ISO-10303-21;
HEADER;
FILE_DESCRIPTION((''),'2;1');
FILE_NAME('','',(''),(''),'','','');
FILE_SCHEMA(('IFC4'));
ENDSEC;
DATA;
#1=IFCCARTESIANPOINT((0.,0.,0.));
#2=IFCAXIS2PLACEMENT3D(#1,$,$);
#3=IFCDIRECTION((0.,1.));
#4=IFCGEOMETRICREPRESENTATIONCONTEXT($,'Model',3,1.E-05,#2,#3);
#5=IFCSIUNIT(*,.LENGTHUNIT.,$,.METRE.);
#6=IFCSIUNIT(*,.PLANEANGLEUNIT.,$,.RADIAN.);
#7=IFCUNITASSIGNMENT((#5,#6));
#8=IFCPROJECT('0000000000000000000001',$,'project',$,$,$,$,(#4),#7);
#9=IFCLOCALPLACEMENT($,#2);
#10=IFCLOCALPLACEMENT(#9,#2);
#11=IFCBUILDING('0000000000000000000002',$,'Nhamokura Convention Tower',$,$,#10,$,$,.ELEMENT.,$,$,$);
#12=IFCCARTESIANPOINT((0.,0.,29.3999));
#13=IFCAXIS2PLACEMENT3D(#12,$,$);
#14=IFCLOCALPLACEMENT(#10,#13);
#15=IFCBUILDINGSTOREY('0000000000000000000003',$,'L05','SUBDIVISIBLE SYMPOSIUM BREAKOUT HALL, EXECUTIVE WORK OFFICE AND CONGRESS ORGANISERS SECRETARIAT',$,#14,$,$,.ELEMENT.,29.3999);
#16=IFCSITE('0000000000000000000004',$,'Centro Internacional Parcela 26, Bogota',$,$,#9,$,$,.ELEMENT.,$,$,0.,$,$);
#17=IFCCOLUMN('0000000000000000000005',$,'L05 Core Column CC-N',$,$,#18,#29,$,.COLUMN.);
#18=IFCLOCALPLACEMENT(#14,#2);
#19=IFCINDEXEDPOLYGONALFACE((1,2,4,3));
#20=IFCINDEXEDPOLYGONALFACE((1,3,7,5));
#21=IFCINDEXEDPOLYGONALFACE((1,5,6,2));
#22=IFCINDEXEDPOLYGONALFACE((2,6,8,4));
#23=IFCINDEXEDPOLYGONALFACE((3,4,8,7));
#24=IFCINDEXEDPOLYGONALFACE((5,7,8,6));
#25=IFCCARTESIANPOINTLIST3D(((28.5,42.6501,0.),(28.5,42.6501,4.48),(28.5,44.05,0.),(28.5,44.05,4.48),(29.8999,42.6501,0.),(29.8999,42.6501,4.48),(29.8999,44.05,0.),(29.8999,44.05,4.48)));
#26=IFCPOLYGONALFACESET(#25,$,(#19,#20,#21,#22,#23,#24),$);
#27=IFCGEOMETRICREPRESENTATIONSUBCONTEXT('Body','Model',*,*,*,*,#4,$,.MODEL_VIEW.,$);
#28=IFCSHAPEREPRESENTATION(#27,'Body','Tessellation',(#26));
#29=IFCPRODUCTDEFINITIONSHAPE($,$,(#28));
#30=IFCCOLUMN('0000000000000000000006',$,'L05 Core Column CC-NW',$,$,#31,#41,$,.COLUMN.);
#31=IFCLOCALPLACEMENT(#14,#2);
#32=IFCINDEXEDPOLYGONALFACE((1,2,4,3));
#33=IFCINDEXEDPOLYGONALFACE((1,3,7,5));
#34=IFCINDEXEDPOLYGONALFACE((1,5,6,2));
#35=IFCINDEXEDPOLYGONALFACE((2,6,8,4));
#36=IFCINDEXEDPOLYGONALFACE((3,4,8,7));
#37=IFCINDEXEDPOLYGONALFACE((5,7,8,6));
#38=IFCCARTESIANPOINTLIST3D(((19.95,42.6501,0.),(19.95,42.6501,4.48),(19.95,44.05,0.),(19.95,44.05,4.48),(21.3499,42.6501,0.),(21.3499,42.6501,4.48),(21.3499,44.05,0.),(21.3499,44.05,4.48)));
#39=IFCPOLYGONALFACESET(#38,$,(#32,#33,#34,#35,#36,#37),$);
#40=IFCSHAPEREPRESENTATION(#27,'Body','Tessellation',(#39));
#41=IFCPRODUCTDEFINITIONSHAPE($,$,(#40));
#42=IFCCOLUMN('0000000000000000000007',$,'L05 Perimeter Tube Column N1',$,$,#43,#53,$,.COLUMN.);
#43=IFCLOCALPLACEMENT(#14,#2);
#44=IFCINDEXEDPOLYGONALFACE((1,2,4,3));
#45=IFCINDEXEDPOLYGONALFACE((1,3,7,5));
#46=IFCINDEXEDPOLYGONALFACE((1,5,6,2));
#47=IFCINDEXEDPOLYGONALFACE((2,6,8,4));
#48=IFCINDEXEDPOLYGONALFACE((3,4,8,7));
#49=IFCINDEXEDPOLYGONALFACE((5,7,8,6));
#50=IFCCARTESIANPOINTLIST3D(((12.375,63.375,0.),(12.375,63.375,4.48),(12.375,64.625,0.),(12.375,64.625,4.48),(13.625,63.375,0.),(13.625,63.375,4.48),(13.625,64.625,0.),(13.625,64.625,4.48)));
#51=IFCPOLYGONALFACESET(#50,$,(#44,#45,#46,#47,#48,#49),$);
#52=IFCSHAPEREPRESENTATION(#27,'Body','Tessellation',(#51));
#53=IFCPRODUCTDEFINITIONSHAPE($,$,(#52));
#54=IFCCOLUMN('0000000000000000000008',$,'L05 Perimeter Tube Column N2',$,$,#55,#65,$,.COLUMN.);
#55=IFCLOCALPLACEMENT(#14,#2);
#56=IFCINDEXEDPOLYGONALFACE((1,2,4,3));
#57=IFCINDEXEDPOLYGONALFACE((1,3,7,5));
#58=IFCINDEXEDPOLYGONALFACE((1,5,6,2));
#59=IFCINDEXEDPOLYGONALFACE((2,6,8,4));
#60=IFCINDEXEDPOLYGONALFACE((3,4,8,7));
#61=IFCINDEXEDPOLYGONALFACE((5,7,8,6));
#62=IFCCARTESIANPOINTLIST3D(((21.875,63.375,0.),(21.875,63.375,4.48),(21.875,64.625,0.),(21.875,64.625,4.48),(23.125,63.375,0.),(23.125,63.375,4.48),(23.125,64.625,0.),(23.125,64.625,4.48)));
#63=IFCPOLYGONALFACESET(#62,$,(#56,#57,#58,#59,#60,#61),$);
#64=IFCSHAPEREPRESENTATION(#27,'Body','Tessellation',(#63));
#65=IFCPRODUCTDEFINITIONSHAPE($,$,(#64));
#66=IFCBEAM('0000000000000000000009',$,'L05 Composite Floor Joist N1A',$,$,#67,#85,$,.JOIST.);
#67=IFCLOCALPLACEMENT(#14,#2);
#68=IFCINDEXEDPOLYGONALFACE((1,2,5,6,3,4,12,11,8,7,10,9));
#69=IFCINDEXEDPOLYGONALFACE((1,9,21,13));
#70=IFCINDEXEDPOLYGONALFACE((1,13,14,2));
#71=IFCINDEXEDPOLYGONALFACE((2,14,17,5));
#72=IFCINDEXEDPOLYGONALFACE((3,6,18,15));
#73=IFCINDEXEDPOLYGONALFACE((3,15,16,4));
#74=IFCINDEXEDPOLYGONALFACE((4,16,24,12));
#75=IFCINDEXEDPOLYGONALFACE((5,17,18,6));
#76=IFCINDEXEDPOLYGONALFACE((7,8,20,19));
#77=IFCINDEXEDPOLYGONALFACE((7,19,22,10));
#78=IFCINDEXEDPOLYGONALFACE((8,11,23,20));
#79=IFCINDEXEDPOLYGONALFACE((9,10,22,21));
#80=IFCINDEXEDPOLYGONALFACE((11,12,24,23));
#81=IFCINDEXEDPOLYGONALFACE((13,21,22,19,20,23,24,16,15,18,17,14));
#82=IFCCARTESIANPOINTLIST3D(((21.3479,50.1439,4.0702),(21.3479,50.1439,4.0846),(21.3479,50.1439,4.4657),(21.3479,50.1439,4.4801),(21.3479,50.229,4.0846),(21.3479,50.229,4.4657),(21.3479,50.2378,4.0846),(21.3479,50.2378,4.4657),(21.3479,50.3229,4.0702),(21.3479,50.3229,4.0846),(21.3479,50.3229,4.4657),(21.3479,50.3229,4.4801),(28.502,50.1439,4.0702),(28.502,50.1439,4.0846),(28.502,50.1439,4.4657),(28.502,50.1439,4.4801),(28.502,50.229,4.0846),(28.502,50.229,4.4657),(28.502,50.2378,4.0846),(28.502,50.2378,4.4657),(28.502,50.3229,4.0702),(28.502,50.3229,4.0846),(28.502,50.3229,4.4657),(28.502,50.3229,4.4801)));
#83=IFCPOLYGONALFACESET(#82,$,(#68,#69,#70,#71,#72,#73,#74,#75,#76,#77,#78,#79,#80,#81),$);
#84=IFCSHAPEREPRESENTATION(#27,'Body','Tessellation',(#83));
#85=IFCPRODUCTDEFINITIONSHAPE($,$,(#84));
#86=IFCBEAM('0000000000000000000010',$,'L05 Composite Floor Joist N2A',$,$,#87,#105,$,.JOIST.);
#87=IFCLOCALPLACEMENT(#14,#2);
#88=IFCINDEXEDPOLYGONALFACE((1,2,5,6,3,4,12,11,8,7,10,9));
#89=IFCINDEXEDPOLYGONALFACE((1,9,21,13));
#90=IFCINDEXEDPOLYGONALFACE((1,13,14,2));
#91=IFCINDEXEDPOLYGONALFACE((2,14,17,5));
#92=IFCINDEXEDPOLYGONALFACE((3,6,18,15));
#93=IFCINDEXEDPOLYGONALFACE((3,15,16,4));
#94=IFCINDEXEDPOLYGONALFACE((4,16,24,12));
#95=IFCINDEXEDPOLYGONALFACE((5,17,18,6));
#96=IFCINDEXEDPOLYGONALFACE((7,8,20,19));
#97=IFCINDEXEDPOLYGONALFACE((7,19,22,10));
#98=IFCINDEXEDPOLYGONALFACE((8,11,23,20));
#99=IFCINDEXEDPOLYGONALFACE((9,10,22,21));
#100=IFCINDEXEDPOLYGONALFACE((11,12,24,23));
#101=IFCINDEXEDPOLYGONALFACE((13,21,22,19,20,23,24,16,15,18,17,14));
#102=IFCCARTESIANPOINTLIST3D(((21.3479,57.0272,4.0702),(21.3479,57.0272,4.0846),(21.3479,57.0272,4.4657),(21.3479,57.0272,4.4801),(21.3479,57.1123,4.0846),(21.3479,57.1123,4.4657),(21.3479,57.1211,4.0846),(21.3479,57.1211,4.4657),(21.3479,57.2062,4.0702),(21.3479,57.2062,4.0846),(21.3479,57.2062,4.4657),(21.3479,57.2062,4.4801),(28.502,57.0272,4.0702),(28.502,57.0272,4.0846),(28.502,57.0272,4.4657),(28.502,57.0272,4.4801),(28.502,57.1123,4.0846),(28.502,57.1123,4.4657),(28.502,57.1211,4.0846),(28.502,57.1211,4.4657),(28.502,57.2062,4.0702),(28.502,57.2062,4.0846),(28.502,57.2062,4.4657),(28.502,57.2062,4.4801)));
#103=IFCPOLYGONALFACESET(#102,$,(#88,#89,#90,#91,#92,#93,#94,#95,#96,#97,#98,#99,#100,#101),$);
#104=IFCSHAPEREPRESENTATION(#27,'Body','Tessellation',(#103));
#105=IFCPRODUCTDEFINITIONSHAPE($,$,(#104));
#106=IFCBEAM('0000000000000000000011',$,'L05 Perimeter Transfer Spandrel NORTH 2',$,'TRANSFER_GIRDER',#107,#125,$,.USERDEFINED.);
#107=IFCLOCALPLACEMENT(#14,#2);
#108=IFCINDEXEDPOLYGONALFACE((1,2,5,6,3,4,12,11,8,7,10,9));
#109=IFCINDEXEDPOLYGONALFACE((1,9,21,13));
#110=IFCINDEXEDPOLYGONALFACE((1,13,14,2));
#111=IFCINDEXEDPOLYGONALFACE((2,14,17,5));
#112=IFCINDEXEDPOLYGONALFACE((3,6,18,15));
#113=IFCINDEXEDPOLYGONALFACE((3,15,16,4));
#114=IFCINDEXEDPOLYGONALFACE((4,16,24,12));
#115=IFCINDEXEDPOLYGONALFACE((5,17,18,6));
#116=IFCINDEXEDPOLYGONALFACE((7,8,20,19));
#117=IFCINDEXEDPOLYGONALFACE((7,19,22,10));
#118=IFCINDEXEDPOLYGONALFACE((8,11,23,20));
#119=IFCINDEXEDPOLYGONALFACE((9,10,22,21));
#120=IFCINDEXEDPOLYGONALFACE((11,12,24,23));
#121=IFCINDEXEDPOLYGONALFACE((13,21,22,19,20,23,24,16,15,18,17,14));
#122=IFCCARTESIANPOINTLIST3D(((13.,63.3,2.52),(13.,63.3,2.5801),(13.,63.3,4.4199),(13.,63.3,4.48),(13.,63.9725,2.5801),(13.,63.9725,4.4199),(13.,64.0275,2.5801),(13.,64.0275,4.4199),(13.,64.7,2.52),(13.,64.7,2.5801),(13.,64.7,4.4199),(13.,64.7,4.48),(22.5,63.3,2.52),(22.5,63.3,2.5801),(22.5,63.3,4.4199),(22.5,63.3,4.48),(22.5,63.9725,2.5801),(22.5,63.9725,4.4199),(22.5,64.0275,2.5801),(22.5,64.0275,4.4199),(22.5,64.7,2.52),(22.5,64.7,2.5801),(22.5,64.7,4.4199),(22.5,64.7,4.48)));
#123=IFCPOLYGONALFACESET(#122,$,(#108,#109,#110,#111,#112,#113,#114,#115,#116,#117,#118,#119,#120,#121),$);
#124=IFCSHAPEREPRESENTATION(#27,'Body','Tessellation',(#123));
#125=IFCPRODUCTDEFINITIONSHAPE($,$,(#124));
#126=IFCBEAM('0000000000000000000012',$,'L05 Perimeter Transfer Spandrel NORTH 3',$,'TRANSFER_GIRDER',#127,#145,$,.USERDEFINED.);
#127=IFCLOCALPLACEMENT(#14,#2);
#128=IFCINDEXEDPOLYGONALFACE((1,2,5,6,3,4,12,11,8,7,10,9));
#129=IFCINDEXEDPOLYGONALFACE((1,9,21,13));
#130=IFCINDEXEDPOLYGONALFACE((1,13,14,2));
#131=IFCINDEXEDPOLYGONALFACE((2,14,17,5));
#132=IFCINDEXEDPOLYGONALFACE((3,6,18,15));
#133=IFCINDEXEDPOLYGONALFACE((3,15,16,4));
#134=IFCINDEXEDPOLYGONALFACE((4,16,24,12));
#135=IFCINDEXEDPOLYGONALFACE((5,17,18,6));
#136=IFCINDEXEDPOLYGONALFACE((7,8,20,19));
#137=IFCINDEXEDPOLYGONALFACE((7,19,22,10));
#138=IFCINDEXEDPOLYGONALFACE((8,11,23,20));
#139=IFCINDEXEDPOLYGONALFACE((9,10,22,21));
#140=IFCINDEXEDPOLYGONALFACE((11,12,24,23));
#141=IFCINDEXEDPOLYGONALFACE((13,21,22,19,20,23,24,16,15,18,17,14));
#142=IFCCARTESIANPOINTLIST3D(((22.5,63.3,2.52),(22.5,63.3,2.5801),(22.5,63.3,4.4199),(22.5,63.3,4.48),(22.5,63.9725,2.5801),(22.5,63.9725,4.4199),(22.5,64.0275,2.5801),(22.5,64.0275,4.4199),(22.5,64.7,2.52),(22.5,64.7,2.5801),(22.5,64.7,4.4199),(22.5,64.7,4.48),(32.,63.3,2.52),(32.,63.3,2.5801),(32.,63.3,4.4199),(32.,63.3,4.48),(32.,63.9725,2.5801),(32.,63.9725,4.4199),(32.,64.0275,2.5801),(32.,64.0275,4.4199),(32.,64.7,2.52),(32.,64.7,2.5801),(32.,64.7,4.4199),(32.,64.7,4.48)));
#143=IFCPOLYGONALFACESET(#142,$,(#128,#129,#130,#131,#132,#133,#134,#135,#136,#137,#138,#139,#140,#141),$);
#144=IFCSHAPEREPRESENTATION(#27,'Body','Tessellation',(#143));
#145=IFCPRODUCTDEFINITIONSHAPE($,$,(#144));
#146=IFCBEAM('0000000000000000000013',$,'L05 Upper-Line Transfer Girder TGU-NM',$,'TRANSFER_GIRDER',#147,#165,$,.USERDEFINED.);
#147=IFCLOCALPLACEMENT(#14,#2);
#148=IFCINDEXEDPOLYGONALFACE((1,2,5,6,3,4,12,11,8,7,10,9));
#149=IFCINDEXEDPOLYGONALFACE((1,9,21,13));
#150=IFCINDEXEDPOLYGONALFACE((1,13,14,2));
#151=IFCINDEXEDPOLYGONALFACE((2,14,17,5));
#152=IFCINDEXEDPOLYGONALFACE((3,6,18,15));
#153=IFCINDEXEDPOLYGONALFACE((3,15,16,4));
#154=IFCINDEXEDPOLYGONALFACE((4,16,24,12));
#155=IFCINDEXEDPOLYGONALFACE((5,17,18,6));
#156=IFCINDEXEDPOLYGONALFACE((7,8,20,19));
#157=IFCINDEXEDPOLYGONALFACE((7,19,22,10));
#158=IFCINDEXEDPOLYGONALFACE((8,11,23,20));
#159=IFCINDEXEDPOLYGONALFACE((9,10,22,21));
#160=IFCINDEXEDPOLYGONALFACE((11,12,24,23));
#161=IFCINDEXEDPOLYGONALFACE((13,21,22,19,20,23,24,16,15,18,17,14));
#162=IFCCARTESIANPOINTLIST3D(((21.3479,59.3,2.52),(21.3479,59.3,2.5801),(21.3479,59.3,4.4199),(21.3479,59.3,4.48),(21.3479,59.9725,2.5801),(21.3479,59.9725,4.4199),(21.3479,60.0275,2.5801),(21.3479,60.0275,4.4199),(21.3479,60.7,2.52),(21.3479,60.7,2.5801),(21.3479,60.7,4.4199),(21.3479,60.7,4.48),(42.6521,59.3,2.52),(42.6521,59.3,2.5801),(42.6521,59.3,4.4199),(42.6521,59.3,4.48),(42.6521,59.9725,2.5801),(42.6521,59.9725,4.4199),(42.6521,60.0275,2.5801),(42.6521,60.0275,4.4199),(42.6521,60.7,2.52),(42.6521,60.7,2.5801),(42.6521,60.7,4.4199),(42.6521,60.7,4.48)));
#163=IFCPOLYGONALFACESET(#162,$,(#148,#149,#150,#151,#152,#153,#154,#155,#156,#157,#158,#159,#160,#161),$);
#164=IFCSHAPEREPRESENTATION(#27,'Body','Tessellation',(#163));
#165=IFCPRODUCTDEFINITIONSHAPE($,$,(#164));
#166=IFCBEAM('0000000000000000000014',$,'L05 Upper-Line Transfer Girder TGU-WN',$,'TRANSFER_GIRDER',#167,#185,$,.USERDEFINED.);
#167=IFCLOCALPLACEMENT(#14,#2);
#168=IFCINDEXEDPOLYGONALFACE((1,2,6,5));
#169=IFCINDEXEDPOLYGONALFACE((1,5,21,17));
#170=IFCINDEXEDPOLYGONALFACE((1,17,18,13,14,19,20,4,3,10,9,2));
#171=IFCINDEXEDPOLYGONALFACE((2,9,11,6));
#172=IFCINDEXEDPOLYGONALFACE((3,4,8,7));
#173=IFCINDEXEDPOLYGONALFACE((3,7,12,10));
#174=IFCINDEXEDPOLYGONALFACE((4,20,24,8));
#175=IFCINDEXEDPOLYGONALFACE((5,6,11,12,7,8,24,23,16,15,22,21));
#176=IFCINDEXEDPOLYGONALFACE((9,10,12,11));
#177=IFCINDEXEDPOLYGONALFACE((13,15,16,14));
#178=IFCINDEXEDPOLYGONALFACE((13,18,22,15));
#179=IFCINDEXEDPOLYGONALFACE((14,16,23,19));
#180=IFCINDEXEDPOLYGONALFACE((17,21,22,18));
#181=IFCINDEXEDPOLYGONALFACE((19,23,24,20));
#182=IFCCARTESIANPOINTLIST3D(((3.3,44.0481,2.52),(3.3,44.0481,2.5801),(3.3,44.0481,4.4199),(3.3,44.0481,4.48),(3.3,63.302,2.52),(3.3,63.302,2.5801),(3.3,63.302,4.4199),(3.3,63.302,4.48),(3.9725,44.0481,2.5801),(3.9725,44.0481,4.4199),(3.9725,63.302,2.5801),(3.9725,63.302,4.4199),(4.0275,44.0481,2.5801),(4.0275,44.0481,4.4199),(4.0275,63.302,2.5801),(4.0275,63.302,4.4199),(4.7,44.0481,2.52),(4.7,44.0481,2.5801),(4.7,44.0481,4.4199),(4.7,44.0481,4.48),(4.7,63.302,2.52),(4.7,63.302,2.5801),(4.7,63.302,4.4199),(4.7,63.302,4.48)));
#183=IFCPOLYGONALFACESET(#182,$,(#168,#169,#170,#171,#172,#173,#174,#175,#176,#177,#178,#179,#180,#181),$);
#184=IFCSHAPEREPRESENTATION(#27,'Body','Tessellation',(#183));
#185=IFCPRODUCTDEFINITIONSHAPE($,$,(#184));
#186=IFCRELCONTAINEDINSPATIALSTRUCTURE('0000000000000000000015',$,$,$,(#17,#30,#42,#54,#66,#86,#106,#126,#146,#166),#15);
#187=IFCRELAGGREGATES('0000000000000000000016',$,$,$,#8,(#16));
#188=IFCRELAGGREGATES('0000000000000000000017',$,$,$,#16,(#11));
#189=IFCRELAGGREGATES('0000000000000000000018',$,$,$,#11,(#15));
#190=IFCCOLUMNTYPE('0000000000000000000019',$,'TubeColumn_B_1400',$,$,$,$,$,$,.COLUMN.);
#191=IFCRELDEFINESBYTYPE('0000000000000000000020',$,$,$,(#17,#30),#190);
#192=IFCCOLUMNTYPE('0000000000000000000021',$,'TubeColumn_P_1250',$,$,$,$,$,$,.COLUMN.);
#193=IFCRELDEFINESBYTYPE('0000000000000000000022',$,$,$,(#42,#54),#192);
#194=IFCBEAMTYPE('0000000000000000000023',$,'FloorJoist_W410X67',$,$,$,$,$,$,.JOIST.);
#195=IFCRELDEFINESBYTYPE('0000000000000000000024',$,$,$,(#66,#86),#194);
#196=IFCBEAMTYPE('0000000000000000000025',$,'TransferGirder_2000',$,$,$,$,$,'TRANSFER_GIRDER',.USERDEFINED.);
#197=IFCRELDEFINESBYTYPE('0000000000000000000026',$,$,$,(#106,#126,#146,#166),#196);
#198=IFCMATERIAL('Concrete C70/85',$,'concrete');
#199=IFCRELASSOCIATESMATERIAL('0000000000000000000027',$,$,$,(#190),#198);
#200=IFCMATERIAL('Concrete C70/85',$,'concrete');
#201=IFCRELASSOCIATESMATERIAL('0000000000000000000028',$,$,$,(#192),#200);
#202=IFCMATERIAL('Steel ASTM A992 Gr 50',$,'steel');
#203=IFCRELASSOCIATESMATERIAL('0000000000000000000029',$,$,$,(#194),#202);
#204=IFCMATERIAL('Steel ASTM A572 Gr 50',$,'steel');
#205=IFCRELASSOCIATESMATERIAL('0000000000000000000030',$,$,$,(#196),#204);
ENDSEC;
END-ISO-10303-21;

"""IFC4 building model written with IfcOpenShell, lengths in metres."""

from ifc_helpers import new_model, si_unit, direction, frame, origin, origin_2d, place, context, subcontext, project, spatial, rectangle, i_section, extrude, material, material_profile, profile_set, type_object, element, save


model = new_model("IFC4")

# Units and contexts
model_context = context("Model", 3, precision=1e-05, world=origin(), true_north=direction((0.0, 1.0)))
body_context = subcontext(model_context, "Body", "Model", "MODEL_VIEW")
ifc_project = project(units=[si_unit("LENGTHUNIT", "METRE"), si_unit("PLANEANGLEUNIT", "RADIAN")], contexts=[model_context])

# Site, building, storey
site_placement = place(None, origin())
site = spatial("IfcSite", under=ifc_project, at=site_placement, Name="Centro Internacional Parcela 26, Bogota", CompositionType="ELEMENT", RefElevation=0.0)
building_placement = place(site_placement, origin())
building = spatial("IfcBuilding", under=site, at=building_placement, Name="Nhamokura Convention Tower", CompositionType="ELEMENT")
storey_placement = place(building_placement, frame((0.0, 0.0, 29.3999)))
storey = spatial("IfcBuildingStorey", under=building, at=storey_placement, Name="L05", Description="SUBDIVISIBLE SYMPOSIUM BREAKOUT HALL, EXECUTIVE WORK OFFICE AND CONGRESS ORGANISERS SECRETARIAT", CompositionType="ELEMENT", Elevation=29.3999)

# Columns
ifc_material_1 = material(Name="Concrete C70/85", Category="concrete")
ifc_material_profile_1 = material_profile(ifc_material_1, rectangle(XDim=1.3999, YDim=1.3999, at=origin_2d()))
ifc_profile_set_1 = profile_set([ifc_material_profile_1], Name="Concrete C70/85")
column_type_1 = type_object("IfcColumnType", Name="TubeColumn_B_1400", PredefinedType="COLUMN", material=ifc_profile_set_1)
for number, where, z_axis, x_axis, name in (
    (1, (29.2, 43.3501, 0.0), (0.0, 0.0, 1.0), (1.0, 0.0, 0.0), "L05 Core Column CC-N"),
    (2, (20.6499, 43.3501, 0.0), (0.0, 0.0, 1.0), (1.0, 0.0, 0.0), "L05 Core Column CC-NW"),
):
    element("IfcColumn", number, at=place(storey_placement, frame(where, z_axis=z_axis, x_axis=x_axis)), inside=storey, type_object=column_type_1, Name=name, PredefinedType="COLUMN", context=body_context, shape_type="SweptSolid", body=[
        extrude(rectangle(XDim=1.3999, YDim=1.3999, at=origin_2d()), origin(), (0.0, 0.0, 1.0), 4.48),
    ])
ifc_material_2 = material(Name="Concrete C70/85", Category="concrete")
ifc_material_profile_2 = material_profile(ifc_material_2, rectangle(XDim=1.25, YDim=1.25, at=origin_2d()))
ifc_profile_set_2 = profile_set([ifc_material_profile_2], Name="Concrete C70/85")
column_type_2 = type_object("IfcColumnType", Name="TubeColumn_P_1250", PredefinedType="COLUMN", material=ifc_profile_set_2)
for number, where, z_axis, x_axis, name in (
    (3, (13.0, 64.0, 0.0), (0.0, 0.0, 1.0), (1.0, 0.0, 0.0), "L05 Perimeter Tube Column N1"),
    (4, (22.5, 64.0, 0.0), (0.0, 0.0, 1.0), (1.0, 0.0, 0.0), "L05 Perimeter Tube Column N2"),
):
    element("IfcColumn", number, at=place(storey_placement, frame(where, z_axis=z_axis, x_axis=x_axis)), inside=storey, type_object=column_type_2, Name=name, PredefinedType="COLUMN", context=body_context, shape_type="SweptSolid", body=[
        extrude(rectangle(XDim=1.25, YDim=1.25, at=origin_2d()), origin(), (0.0, 0.0, 1.0), 4.48),
    ])

# Beams
ifc_material_3 = material(Name="Steel ASTM A992 Gr 50", Category="steel")
ifc_material_profile_3 = material_profile(ifc_material_3, i_section(OverallWidth=0.179, OverallDepth=0.4099, WebThickness=0.0088, FlangeThickness=0.0144, at=origin_2d()))
ifc_profile_set_3 = profile_set([ifc_material_profile_3], Name="Steel ASTM A992 Gr 50")
beam_type_1 = type_object("IfcBeamType", Name="FloorJoist_W410X67", PredefinedType="JOIST", material=ifc_profile_set_3)
for number, where, z_axis, x_axis, name in (
    (5, (21.3479, 50.2334, 4.2751), (1.0, 0.0, 0.0), (0.0, 1.0, 0.0), "L05 Composite Floor Joist N1A"),
    (6, (21.3479, 57.1167, 4.2751), (1.0, 0.0, 0.0), (0.0, 1.0, 0.0), "L05 Composite Floor Joist N2A"),
):
    element("IfcBeam", number, at=place(storey_placement, frame(where, z_axis=z_axis, x_axis=x_axis)), inside=storey, type_object=beam_type_1, Name=name, PredefinedType="JOIST", context=body_context, shape_type="SweptSolid", body=[
        extrude(i_section(OverallWidth=0.179, OverallDepth=0.4099, WebThickness=0.0088, FlangeThickness=0.0144, at=origin_2d()), origin(), (0.0, 0.0, 1.0), 7.1541),
    ])
ifc_material_4 = material(Name="Steel ASTM A572 Gr 50", Category="steel")
ifc_material_profile_4 = material_profile(ifc_material_4, i_section(OverallWidth=1.3999, OverallDepth=1.96, WebThickness=0.0549, FlangeThickness=0.0601, at=origin_2d()))
ifc_profile_set_4 = profile_set([ifc_material_profile_4], Name="Steel ASTM A572 Gr 50")
beam_type_2 = type_object("IfcBeamType", Name="TransferGirder_2000", ElementType="TRANSFER_GIRDER", PredefinedType="USERDEFINED", material=ifc_profile_set_4)
for number, where, z_axis, x_axis, name in (
    (7, (13.0, 64.0, 3.5), (1.0, 0.0, 0.0), (0.0, 1.0, 0.0), "L05 Perimeter Transfer Spandrel NORTH 2"),
    (8, (22.5, 64.0, 3.5), (1.0, 0.0, 0.0), (0.0, 1.0, 0.0), "L05 Perimeter Transfer Spandrel NORTH 3"),
):
    element("IfcBeam", number, at=place(storey_placement, frame(where, z_axis=z_axis, x_axis=x_axis)), inside=storey, type_object=beam_type_2, Name=name, ObjectType="TRANSFER_GIRDER", PredefinedType="USERDEFINED", context=body_context, shape_type="SweptSolid", body=[
        extrude(i_section(OverallWidth=1.3999, OverallDepth=1.96, WebThickness=0.0549, FlangeThickness=0.0601, at=origin_2d()), origin(), (0.0, 0.0, 1.0), 9.5),
    ])
beam_1_placement = place(storey_placement, frame((21.3479, 60.0, 3.5), z_axis=(1.0, 0.0, 0.0), x_axis=(0.0, 1.0, 0.0)))
element("IfcBeam", 9, at=beam_1_placement, inside=storey, type_object=beam_type_2, Name="L05 Upper-Line Transfer Girder TGU-NM", ObjectType="TRANSFER_GIRDER", PredefinedType="USERDEFINED", context=body_context, shape_type="SweptSolid", body=[
    extrude(i_section(OverallWidth=1.3999, OverallDepth=1.96, WebThickness=0.0549, FlangeThickness=0.0601, at=origin_2d()), origin(), (0.0, 0.0, 1.0), 21.3042),
])
beam_2_placement = place(storey_placement, frame((4.0, 44.0481, 3.5), z_axis=(0.0, 1.0, 0.0), x_axis=(-1.0, 0.0, 0.0)))
element("IfcBeam", 10, at=beam_2_placement, inside=storey, type_object=beam_type_2, Name="L05 Upper-Line Transfer Girder TGU-WN", ObjectType="TRANSFER_GIRDER", PredefinedType="USERDEFINED", context=body_context, shape_type="SweptSolid", body=[
    extrude(i_section(OverallWidth=1.3999, OverallDepth=1.96, WebThickness=0.0549, FlangeThickness=0.0601, at=origin_2d()), origin(), (0.0, 0.0, 1.0), 19.2539),
])

save(model, "model.ifc")
